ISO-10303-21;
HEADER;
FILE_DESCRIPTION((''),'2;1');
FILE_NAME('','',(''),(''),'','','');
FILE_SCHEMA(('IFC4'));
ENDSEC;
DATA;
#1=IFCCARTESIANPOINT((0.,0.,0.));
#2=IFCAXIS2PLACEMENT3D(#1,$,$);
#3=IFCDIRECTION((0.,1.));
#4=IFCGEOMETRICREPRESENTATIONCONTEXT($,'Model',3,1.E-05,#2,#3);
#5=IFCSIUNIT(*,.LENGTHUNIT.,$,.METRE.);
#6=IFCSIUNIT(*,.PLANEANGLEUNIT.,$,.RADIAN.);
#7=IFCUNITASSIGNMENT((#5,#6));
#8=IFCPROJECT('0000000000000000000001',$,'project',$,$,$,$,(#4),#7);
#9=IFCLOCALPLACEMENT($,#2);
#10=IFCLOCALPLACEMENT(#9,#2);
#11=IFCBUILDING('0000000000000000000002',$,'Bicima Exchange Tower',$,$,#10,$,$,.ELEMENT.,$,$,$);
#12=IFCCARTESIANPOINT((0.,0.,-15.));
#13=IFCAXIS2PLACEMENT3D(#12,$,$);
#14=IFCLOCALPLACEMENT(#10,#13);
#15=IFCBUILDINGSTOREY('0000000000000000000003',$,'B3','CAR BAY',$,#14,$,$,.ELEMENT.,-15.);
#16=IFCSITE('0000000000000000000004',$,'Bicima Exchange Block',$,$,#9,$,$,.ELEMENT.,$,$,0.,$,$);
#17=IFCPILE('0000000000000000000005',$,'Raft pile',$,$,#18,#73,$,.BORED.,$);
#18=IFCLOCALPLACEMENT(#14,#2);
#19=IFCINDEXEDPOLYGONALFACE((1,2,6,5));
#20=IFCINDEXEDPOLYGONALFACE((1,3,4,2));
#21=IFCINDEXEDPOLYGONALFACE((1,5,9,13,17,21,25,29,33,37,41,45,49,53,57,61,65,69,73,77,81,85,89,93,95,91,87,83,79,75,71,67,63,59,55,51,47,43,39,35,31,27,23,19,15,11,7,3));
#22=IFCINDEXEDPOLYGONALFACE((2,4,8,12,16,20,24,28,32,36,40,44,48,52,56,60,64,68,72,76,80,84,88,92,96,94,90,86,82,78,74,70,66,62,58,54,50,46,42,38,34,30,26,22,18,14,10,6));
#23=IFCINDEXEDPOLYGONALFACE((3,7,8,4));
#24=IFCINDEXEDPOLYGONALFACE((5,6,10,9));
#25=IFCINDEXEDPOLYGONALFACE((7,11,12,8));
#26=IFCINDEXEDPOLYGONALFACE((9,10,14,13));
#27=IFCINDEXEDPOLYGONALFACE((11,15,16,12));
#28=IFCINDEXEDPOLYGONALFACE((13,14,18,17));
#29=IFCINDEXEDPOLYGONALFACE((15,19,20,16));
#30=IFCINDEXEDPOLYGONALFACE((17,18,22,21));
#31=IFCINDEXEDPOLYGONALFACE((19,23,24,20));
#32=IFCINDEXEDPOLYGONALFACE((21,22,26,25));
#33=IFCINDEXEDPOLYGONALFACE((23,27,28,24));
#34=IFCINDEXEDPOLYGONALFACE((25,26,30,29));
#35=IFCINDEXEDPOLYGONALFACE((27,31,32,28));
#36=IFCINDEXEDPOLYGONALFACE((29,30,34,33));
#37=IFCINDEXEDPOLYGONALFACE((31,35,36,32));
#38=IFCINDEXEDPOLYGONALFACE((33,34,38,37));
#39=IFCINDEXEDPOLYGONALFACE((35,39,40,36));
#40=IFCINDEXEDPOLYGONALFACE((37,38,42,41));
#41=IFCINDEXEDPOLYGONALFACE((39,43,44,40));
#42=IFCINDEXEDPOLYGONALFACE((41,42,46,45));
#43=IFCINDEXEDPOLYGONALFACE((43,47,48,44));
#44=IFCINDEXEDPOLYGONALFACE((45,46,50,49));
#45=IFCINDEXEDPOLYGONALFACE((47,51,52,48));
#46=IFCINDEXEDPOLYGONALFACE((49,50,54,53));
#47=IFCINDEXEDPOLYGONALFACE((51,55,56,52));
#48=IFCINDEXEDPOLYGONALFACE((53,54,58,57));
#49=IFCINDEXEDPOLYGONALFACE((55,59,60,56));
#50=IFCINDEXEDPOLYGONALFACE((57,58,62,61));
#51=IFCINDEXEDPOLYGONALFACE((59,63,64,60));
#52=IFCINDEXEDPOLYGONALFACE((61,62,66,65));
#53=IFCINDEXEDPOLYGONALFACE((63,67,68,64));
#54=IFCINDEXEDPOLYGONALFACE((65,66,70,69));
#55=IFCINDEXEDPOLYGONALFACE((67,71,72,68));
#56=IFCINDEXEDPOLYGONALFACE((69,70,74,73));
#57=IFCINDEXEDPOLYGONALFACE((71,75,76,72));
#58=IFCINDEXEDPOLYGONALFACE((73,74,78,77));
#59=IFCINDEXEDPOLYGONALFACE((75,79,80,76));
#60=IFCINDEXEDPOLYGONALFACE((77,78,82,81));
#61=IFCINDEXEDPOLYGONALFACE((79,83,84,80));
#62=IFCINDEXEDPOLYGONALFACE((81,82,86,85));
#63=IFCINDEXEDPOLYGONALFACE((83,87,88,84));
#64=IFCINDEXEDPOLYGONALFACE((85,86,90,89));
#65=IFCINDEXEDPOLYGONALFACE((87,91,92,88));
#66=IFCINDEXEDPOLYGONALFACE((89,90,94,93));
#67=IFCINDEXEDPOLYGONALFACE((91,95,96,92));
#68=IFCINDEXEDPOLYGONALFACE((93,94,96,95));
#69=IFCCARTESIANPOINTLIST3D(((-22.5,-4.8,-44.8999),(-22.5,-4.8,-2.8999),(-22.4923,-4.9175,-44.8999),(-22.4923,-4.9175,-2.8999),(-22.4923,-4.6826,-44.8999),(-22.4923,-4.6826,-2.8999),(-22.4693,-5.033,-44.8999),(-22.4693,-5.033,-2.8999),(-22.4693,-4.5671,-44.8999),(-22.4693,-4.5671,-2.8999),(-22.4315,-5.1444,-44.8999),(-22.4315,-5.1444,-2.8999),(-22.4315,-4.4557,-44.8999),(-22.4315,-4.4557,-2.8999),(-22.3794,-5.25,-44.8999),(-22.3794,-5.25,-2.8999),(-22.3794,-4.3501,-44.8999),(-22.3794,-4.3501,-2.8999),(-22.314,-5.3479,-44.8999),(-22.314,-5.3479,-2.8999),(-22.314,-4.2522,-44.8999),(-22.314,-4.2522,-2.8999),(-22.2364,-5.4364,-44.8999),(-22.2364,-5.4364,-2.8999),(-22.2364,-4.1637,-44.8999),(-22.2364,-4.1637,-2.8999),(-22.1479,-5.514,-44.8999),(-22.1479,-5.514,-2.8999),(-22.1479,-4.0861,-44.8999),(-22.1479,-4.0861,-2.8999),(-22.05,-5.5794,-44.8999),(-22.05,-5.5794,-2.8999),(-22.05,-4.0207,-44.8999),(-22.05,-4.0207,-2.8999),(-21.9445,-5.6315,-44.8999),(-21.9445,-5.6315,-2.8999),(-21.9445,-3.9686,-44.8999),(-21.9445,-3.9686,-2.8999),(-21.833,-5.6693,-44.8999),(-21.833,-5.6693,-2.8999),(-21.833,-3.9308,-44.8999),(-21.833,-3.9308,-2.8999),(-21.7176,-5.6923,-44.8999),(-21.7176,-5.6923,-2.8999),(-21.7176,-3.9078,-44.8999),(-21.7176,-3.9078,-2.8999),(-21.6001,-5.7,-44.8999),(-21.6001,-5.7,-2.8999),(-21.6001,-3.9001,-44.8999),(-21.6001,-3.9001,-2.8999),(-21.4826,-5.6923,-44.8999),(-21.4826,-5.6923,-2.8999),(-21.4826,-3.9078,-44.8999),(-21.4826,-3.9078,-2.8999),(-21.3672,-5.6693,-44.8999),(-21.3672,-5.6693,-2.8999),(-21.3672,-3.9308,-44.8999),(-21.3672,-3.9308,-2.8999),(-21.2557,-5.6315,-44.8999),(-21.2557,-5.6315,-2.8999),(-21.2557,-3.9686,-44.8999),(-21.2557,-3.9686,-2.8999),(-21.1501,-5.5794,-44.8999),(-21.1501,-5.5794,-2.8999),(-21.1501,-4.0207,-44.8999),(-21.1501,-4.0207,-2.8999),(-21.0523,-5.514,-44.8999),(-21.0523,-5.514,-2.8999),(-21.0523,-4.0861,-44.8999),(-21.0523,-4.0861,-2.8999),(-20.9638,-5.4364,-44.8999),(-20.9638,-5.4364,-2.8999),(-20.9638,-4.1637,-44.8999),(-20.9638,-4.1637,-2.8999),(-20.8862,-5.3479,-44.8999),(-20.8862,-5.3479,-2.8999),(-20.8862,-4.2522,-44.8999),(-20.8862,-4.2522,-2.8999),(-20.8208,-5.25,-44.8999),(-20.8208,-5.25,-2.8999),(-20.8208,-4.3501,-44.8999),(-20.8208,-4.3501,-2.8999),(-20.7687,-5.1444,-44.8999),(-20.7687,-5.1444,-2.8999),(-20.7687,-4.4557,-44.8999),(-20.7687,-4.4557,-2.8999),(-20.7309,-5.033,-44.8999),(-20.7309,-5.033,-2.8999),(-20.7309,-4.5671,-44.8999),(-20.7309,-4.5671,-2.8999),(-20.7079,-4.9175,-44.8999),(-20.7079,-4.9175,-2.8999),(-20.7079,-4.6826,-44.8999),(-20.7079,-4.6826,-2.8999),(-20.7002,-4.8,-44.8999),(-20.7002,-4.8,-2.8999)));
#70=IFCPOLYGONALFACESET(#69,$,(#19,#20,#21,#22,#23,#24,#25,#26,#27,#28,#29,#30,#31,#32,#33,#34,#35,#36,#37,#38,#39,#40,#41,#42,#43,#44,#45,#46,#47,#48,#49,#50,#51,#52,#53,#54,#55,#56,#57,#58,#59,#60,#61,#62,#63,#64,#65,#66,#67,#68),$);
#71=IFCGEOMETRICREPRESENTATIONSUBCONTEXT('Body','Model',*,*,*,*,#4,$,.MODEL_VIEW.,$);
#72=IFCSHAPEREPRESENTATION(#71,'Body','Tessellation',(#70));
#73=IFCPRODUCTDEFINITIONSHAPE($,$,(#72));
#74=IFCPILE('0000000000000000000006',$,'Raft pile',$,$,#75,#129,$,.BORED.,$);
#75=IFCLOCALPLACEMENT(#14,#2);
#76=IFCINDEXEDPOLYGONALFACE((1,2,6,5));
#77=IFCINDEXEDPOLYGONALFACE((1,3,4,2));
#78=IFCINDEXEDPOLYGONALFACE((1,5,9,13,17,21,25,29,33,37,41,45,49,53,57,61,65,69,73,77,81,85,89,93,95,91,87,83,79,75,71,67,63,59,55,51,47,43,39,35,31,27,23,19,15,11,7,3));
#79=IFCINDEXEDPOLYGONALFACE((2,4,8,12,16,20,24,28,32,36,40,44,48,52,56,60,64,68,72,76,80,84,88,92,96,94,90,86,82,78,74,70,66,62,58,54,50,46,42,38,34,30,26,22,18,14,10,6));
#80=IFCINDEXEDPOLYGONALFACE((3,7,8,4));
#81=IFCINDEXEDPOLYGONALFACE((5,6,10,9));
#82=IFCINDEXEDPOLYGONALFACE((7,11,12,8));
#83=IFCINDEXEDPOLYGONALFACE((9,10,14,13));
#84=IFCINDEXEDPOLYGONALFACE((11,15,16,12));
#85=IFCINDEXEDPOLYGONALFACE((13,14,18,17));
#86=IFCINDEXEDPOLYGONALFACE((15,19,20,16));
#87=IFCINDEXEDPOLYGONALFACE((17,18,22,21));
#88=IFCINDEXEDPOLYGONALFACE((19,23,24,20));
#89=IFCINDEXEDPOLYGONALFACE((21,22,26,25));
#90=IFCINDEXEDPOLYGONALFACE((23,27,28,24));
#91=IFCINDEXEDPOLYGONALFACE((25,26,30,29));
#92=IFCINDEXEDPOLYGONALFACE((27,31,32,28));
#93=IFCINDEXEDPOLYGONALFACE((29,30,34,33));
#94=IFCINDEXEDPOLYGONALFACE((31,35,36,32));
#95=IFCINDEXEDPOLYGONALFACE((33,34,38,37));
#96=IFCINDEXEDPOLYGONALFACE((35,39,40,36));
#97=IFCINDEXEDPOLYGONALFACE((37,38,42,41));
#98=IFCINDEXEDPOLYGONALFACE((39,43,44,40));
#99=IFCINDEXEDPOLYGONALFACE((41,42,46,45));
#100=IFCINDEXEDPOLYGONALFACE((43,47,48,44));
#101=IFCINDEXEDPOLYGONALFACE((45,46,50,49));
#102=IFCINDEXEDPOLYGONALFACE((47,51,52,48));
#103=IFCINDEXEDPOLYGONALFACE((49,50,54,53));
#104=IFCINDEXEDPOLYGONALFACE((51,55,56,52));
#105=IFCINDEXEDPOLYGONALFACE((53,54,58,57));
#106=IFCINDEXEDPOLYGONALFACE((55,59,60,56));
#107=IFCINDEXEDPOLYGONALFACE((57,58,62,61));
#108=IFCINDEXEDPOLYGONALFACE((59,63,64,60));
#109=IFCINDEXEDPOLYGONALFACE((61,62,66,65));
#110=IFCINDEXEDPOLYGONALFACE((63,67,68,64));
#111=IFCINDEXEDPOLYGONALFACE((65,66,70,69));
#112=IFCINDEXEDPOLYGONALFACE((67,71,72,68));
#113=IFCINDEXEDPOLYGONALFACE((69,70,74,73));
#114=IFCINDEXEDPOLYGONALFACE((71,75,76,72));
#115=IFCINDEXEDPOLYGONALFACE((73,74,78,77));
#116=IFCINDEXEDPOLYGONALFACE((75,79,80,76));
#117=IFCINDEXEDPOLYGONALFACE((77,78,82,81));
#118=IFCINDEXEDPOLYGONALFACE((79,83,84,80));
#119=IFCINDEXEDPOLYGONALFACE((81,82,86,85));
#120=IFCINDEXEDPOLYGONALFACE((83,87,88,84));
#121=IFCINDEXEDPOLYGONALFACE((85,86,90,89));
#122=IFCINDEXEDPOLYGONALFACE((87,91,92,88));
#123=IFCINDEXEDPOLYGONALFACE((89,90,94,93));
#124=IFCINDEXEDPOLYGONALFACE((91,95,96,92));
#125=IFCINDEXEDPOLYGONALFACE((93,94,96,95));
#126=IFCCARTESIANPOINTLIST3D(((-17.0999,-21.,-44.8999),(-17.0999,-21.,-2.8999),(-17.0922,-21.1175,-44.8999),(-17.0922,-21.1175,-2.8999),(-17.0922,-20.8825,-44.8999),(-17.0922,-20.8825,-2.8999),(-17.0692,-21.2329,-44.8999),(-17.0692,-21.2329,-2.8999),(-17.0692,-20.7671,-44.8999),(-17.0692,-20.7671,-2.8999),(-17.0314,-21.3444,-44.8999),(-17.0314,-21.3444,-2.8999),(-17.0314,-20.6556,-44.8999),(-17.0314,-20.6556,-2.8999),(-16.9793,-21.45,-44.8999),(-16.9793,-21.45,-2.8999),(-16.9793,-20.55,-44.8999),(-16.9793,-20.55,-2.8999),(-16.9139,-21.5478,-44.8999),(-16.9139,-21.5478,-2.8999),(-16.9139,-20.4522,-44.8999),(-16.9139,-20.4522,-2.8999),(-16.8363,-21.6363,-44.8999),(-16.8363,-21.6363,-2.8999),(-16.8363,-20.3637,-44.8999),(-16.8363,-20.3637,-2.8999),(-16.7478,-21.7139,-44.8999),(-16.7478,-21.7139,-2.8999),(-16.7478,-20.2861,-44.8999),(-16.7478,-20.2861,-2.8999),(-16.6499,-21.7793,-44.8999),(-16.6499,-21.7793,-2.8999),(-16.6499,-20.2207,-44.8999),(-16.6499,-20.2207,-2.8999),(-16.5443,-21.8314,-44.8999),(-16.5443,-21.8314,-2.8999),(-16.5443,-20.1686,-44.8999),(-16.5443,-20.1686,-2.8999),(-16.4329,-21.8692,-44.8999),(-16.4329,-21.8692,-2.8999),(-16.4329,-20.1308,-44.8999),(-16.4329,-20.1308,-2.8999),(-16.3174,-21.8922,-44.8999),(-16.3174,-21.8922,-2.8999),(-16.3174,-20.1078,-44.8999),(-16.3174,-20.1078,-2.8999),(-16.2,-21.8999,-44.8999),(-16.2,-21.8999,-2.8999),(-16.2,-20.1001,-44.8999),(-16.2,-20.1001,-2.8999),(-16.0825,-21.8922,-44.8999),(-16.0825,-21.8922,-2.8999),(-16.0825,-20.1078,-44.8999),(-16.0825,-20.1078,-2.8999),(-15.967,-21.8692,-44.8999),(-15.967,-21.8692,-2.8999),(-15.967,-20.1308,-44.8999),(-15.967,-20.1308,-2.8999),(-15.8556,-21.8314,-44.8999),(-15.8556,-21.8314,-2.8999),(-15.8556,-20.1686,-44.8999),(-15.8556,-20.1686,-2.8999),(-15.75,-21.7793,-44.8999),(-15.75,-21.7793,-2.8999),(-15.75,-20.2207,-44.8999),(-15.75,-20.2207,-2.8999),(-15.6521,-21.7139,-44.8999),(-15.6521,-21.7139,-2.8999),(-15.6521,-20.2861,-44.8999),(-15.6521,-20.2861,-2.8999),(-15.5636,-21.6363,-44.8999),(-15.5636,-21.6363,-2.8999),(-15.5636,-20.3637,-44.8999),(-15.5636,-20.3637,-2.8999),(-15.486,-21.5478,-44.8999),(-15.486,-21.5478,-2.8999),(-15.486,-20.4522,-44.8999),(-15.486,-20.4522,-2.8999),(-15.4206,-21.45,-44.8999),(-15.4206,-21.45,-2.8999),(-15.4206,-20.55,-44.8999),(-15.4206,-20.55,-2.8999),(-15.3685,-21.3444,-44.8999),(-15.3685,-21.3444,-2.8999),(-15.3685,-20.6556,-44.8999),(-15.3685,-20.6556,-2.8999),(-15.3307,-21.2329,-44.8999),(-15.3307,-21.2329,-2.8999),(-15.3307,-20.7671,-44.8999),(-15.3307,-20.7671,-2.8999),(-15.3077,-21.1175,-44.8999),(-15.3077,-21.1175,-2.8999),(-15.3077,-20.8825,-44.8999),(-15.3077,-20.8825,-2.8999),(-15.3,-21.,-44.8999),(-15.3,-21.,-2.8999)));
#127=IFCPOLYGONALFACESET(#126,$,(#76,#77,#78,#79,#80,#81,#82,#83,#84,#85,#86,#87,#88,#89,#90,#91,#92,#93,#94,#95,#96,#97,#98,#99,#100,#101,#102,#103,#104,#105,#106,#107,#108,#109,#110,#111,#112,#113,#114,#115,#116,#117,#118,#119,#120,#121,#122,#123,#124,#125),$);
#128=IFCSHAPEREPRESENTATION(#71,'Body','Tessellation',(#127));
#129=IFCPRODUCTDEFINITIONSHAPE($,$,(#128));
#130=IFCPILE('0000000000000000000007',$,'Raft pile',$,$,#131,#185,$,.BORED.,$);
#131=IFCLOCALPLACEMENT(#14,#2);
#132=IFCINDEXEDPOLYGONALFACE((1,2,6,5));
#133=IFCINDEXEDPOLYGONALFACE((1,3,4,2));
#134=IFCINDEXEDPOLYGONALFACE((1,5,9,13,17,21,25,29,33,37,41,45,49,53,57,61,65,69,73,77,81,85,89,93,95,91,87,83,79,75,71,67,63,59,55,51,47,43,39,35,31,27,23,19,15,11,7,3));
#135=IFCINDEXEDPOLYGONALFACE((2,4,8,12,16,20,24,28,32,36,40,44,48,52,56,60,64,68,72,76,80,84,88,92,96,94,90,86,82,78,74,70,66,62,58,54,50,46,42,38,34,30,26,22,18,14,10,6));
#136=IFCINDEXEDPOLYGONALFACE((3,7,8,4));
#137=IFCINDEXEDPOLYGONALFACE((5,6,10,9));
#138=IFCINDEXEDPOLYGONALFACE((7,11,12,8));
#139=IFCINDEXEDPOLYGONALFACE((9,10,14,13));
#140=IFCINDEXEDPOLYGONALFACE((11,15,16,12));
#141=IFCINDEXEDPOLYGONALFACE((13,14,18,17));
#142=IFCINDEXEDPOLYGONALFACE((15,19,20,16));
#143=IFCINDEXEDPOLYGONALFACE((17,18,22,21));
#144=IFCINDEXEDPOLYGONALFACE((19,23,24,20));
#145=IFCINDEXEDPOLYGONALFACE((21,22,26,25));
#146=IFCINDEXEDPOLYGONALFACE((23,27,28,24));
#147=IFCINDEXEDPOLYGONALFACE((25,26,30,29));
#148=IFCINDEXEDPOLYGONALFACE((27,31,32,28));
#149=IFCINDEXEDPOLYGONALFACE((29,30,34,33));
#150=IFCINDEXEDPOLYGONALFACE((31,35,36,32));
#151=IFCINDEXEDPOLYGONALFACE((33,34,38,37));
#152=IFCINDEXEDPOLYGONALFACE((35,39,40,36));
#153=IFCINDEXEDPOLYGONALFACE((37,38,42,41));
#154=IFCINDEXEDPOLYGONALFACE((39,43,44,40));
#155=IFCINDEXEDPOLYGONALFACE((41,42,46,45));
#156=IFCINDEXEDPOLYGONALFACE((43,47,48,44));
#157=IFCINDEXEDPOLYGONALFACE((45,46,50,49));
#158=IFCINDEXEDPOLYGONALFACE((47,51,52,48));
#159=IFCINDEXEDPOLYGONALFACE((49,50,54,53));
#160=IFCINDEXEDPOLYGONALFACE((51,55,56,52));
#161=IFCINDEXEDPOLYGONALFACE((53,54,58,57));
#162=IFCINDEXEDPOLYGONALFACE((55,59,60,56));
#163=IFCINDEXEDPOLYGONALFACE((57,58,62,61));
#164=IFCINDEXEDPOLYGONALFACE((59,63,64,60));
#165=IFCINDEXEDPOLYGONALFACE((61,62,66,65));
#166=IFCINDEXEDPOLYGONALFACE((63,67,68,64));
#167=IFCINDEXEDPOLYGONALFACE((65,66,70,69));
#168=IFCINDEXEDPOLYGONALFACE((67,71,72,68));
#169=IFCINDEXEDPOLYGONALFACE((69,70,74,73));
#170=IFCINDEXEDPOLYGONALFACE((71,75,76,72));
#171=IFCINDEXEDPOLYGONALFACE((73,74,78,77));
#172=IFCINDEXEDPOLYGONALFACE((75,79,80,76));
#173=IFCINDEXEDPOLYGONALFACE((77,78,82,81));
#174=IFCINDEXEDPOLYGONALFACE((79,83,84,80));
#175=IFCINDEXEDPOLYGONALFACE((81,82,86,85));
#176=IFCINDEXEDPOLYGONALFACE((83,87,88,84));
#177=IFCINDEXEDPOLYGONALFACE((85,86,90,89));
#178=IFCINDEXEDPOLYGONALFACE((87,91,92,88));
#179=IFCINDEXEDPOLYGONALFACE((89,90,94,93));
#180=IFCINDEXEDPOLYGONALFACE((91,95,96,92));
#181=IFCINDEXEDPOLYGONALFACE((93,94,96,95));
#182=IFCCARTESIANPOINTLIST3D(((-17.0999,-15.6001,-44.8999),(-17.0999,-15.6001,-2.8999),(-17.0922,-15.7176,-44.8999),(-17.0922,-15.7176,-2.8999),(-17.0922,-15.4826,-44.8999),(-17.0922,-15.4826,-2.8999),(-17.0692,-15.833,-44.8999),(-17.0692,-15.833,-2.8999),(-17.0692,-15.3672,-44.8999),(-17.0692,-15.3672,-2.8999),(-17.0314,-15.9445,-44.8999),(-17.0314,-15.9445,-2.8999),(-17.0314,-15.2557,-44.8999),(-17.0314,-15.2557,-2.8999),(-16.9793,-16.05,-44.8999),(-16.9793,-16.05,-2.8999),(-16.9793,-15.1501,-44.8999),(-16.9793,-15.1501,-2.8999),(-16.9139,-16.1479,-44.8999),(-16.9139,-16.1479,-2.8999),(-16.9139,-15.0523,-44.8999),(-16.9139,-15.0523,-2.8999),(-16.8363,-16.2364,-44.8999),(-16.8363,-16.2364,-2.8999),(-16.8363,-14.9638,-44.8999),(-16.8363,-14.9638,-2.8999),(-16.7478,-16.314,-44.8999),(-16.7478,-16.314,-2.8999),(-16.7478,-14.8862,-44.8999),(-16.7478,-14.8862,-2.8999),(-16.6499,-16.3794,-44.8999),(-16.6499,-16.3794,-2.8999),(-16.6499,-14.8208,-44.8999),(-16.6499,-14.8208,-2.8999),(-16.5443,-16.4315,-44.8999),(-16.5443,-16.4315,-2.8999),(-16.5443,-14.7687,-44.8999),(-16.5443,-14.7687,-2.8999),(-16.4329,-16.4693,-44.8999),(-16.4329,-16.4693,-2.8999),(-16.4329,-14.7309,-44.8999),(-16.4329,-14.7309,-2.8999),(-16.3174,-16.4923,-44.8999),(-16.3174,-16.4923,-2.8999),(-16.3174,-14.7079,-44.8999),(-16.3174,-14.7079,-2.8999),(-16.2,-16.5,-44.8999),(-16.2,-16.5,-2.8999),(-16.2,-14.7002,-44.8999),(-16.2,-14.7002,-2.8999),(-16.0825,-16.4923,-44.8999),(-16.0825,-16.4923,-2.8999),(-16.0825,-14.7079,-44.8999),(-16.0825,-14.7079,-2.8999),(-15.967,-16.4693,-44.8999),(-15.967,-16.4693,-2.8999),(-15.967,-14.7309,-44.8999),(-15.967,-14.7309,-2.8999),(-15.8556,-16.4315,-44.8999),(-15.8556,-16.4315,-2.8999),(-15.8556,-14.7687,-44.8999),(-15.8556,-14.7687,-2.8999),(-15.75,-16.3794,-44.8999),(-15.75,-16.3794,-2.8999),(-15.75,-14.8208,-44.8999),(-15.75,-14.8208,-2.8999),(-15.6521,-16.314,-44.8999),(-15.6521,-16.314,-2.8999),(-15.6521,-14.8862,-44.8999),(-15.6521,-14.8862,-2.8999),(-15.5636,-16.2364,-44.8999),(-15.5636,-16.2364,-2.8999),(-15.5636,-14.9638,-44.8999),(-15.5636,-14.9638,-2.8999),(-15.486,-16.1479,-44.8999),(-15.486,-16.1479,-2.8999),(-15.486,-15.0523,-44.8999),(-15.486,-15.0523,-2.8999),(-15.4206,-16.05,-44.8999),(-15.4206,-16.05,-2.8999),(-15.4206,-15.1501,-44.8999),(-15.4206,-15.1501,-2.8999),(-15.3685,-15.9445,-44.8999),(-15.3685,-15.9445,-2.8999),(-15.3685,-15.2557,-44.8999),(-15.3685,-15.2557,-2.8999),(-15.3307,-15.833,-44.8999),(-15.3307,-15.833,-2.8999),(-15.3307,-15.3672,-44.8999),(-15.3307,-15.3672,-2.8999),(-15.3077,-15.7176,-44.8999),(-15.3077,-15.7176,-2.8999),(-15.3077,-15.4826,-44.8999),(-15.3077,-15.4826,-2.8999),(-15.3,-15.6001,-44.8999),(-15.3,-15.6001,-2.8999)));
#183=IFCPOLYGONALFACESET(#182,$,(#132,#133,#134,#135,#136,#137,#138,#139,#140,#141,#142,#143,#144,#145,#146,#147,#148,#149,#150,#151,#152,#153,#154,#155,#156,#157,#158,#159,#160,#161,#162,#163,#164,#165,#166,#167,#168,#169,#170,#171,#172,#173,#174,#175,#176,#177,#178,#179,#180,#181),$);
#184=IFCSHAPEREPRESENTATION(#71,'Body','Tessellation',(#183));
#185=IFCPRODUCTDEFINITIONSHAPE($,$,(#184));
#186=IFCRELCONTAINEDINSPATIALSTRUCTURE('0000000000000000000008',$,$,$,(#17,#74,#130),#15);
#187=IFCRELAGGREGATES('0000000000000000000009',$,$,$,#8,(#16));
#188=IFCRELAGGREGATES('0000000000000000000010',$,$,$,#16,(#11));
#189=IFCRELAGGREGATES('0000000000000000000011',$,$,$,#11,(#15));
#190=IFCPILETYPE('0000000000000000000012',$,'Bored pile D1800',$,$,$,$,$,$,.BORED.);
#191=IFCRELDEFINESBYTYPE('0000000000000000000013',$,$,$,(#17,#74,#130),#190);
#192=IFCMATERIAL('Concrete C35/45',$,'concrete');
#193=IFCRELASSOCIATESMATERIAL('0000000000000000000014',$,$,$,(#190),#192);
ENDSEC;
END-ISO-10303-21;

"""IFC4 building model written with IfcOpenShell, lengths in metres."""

from ifc_helpers import new_model, si_unit, direction, frame, origin, origin_2d, place, context, subcontext, project, spatial, circle, extrude, material, material_profile, profile_set, type_object, element, save


model = new_model("IFC4")

# Units and contexts
model_context = context("Model", 3, precision=1e-05, world=origin(), true_north=direction((0.0, 1.0)))
body_context = subcontext(model_context, "Body", "Model", "MODEL_VIEW")
ifc_project = project(units=[si_unit("LENGTHUNIT", "METRE"), si_unit("PLANEANGLEUNIT", "RADIAN")], contexts=[model_context])

# Site, building, storey
site_placement = place(None, origin())
site = spatial("IfcSite", under=ifc_project, at=site_placement, Name="Bicima Exchange Block", CompositionType="ELEMENT", RefElevation=0.0)
building_placement = place(site_placement, origin())
building = spatial("IfcBuilding", under=site, at=building_placement, Name="Bicima Exchange Tower", CompositionType="ELEMENT")
storey_placement = place(building_placement, frame((0.0, 0.0, -15.0)))
storey = spatial("IfcBuildingStorey", under=building, at=storey_placement, Name="B3", Description="CAR BAY", CompositionType="ELEMENT", Elevation=-15.0)

# Piles
ifc_material_1 = material(Name="Concrete C35/45", Category="concrete")
ifc_material_profile = material_profile(ifc_material_1, circle(Radius=0.8999, at=origin_2d()))
ifc_profile_set = profile_set([ifc_material_profile], Name="Concrete C35/45")
pile_type = type_object("IfcPileType", Name="Bored pile D1800", PredefinedType="BORED", material=ifc_profile_set)
for number, where, z_axis, x_axis, name in (
    (1, (-21.6001, -4.8, -2.8999), (0.0, 0.0, -1.0), (1.0, 0.0, 0.0), "Raft pile"),
    (2, (-16.2, -21.0, -2.8999), (0.0, 0.0, -1.0), (1.0, 0.0, 0.0), "Raft pile"),
    (3, (-16.2, -15.6001, -2.8999), (0.0, 0.0, -1.0), (1.0, 0.0, 0.0), "Raft pile"),
):
    element("IfcPile", number, at=place(storey_placement, frame(where, z_axis=z_axis, x_axis=x_axis)), inside=storey, type_object=pile_type, Name=name, PredefinedType="BORED", context=body_context, shape_type="SweptSolid", body=[
        extrude(circle(Radius=0.8999, at=origin_2d()), origin(), (0.0, 0.0, 1.0), 42.0),
    ])

save(model, "model.ifc")
